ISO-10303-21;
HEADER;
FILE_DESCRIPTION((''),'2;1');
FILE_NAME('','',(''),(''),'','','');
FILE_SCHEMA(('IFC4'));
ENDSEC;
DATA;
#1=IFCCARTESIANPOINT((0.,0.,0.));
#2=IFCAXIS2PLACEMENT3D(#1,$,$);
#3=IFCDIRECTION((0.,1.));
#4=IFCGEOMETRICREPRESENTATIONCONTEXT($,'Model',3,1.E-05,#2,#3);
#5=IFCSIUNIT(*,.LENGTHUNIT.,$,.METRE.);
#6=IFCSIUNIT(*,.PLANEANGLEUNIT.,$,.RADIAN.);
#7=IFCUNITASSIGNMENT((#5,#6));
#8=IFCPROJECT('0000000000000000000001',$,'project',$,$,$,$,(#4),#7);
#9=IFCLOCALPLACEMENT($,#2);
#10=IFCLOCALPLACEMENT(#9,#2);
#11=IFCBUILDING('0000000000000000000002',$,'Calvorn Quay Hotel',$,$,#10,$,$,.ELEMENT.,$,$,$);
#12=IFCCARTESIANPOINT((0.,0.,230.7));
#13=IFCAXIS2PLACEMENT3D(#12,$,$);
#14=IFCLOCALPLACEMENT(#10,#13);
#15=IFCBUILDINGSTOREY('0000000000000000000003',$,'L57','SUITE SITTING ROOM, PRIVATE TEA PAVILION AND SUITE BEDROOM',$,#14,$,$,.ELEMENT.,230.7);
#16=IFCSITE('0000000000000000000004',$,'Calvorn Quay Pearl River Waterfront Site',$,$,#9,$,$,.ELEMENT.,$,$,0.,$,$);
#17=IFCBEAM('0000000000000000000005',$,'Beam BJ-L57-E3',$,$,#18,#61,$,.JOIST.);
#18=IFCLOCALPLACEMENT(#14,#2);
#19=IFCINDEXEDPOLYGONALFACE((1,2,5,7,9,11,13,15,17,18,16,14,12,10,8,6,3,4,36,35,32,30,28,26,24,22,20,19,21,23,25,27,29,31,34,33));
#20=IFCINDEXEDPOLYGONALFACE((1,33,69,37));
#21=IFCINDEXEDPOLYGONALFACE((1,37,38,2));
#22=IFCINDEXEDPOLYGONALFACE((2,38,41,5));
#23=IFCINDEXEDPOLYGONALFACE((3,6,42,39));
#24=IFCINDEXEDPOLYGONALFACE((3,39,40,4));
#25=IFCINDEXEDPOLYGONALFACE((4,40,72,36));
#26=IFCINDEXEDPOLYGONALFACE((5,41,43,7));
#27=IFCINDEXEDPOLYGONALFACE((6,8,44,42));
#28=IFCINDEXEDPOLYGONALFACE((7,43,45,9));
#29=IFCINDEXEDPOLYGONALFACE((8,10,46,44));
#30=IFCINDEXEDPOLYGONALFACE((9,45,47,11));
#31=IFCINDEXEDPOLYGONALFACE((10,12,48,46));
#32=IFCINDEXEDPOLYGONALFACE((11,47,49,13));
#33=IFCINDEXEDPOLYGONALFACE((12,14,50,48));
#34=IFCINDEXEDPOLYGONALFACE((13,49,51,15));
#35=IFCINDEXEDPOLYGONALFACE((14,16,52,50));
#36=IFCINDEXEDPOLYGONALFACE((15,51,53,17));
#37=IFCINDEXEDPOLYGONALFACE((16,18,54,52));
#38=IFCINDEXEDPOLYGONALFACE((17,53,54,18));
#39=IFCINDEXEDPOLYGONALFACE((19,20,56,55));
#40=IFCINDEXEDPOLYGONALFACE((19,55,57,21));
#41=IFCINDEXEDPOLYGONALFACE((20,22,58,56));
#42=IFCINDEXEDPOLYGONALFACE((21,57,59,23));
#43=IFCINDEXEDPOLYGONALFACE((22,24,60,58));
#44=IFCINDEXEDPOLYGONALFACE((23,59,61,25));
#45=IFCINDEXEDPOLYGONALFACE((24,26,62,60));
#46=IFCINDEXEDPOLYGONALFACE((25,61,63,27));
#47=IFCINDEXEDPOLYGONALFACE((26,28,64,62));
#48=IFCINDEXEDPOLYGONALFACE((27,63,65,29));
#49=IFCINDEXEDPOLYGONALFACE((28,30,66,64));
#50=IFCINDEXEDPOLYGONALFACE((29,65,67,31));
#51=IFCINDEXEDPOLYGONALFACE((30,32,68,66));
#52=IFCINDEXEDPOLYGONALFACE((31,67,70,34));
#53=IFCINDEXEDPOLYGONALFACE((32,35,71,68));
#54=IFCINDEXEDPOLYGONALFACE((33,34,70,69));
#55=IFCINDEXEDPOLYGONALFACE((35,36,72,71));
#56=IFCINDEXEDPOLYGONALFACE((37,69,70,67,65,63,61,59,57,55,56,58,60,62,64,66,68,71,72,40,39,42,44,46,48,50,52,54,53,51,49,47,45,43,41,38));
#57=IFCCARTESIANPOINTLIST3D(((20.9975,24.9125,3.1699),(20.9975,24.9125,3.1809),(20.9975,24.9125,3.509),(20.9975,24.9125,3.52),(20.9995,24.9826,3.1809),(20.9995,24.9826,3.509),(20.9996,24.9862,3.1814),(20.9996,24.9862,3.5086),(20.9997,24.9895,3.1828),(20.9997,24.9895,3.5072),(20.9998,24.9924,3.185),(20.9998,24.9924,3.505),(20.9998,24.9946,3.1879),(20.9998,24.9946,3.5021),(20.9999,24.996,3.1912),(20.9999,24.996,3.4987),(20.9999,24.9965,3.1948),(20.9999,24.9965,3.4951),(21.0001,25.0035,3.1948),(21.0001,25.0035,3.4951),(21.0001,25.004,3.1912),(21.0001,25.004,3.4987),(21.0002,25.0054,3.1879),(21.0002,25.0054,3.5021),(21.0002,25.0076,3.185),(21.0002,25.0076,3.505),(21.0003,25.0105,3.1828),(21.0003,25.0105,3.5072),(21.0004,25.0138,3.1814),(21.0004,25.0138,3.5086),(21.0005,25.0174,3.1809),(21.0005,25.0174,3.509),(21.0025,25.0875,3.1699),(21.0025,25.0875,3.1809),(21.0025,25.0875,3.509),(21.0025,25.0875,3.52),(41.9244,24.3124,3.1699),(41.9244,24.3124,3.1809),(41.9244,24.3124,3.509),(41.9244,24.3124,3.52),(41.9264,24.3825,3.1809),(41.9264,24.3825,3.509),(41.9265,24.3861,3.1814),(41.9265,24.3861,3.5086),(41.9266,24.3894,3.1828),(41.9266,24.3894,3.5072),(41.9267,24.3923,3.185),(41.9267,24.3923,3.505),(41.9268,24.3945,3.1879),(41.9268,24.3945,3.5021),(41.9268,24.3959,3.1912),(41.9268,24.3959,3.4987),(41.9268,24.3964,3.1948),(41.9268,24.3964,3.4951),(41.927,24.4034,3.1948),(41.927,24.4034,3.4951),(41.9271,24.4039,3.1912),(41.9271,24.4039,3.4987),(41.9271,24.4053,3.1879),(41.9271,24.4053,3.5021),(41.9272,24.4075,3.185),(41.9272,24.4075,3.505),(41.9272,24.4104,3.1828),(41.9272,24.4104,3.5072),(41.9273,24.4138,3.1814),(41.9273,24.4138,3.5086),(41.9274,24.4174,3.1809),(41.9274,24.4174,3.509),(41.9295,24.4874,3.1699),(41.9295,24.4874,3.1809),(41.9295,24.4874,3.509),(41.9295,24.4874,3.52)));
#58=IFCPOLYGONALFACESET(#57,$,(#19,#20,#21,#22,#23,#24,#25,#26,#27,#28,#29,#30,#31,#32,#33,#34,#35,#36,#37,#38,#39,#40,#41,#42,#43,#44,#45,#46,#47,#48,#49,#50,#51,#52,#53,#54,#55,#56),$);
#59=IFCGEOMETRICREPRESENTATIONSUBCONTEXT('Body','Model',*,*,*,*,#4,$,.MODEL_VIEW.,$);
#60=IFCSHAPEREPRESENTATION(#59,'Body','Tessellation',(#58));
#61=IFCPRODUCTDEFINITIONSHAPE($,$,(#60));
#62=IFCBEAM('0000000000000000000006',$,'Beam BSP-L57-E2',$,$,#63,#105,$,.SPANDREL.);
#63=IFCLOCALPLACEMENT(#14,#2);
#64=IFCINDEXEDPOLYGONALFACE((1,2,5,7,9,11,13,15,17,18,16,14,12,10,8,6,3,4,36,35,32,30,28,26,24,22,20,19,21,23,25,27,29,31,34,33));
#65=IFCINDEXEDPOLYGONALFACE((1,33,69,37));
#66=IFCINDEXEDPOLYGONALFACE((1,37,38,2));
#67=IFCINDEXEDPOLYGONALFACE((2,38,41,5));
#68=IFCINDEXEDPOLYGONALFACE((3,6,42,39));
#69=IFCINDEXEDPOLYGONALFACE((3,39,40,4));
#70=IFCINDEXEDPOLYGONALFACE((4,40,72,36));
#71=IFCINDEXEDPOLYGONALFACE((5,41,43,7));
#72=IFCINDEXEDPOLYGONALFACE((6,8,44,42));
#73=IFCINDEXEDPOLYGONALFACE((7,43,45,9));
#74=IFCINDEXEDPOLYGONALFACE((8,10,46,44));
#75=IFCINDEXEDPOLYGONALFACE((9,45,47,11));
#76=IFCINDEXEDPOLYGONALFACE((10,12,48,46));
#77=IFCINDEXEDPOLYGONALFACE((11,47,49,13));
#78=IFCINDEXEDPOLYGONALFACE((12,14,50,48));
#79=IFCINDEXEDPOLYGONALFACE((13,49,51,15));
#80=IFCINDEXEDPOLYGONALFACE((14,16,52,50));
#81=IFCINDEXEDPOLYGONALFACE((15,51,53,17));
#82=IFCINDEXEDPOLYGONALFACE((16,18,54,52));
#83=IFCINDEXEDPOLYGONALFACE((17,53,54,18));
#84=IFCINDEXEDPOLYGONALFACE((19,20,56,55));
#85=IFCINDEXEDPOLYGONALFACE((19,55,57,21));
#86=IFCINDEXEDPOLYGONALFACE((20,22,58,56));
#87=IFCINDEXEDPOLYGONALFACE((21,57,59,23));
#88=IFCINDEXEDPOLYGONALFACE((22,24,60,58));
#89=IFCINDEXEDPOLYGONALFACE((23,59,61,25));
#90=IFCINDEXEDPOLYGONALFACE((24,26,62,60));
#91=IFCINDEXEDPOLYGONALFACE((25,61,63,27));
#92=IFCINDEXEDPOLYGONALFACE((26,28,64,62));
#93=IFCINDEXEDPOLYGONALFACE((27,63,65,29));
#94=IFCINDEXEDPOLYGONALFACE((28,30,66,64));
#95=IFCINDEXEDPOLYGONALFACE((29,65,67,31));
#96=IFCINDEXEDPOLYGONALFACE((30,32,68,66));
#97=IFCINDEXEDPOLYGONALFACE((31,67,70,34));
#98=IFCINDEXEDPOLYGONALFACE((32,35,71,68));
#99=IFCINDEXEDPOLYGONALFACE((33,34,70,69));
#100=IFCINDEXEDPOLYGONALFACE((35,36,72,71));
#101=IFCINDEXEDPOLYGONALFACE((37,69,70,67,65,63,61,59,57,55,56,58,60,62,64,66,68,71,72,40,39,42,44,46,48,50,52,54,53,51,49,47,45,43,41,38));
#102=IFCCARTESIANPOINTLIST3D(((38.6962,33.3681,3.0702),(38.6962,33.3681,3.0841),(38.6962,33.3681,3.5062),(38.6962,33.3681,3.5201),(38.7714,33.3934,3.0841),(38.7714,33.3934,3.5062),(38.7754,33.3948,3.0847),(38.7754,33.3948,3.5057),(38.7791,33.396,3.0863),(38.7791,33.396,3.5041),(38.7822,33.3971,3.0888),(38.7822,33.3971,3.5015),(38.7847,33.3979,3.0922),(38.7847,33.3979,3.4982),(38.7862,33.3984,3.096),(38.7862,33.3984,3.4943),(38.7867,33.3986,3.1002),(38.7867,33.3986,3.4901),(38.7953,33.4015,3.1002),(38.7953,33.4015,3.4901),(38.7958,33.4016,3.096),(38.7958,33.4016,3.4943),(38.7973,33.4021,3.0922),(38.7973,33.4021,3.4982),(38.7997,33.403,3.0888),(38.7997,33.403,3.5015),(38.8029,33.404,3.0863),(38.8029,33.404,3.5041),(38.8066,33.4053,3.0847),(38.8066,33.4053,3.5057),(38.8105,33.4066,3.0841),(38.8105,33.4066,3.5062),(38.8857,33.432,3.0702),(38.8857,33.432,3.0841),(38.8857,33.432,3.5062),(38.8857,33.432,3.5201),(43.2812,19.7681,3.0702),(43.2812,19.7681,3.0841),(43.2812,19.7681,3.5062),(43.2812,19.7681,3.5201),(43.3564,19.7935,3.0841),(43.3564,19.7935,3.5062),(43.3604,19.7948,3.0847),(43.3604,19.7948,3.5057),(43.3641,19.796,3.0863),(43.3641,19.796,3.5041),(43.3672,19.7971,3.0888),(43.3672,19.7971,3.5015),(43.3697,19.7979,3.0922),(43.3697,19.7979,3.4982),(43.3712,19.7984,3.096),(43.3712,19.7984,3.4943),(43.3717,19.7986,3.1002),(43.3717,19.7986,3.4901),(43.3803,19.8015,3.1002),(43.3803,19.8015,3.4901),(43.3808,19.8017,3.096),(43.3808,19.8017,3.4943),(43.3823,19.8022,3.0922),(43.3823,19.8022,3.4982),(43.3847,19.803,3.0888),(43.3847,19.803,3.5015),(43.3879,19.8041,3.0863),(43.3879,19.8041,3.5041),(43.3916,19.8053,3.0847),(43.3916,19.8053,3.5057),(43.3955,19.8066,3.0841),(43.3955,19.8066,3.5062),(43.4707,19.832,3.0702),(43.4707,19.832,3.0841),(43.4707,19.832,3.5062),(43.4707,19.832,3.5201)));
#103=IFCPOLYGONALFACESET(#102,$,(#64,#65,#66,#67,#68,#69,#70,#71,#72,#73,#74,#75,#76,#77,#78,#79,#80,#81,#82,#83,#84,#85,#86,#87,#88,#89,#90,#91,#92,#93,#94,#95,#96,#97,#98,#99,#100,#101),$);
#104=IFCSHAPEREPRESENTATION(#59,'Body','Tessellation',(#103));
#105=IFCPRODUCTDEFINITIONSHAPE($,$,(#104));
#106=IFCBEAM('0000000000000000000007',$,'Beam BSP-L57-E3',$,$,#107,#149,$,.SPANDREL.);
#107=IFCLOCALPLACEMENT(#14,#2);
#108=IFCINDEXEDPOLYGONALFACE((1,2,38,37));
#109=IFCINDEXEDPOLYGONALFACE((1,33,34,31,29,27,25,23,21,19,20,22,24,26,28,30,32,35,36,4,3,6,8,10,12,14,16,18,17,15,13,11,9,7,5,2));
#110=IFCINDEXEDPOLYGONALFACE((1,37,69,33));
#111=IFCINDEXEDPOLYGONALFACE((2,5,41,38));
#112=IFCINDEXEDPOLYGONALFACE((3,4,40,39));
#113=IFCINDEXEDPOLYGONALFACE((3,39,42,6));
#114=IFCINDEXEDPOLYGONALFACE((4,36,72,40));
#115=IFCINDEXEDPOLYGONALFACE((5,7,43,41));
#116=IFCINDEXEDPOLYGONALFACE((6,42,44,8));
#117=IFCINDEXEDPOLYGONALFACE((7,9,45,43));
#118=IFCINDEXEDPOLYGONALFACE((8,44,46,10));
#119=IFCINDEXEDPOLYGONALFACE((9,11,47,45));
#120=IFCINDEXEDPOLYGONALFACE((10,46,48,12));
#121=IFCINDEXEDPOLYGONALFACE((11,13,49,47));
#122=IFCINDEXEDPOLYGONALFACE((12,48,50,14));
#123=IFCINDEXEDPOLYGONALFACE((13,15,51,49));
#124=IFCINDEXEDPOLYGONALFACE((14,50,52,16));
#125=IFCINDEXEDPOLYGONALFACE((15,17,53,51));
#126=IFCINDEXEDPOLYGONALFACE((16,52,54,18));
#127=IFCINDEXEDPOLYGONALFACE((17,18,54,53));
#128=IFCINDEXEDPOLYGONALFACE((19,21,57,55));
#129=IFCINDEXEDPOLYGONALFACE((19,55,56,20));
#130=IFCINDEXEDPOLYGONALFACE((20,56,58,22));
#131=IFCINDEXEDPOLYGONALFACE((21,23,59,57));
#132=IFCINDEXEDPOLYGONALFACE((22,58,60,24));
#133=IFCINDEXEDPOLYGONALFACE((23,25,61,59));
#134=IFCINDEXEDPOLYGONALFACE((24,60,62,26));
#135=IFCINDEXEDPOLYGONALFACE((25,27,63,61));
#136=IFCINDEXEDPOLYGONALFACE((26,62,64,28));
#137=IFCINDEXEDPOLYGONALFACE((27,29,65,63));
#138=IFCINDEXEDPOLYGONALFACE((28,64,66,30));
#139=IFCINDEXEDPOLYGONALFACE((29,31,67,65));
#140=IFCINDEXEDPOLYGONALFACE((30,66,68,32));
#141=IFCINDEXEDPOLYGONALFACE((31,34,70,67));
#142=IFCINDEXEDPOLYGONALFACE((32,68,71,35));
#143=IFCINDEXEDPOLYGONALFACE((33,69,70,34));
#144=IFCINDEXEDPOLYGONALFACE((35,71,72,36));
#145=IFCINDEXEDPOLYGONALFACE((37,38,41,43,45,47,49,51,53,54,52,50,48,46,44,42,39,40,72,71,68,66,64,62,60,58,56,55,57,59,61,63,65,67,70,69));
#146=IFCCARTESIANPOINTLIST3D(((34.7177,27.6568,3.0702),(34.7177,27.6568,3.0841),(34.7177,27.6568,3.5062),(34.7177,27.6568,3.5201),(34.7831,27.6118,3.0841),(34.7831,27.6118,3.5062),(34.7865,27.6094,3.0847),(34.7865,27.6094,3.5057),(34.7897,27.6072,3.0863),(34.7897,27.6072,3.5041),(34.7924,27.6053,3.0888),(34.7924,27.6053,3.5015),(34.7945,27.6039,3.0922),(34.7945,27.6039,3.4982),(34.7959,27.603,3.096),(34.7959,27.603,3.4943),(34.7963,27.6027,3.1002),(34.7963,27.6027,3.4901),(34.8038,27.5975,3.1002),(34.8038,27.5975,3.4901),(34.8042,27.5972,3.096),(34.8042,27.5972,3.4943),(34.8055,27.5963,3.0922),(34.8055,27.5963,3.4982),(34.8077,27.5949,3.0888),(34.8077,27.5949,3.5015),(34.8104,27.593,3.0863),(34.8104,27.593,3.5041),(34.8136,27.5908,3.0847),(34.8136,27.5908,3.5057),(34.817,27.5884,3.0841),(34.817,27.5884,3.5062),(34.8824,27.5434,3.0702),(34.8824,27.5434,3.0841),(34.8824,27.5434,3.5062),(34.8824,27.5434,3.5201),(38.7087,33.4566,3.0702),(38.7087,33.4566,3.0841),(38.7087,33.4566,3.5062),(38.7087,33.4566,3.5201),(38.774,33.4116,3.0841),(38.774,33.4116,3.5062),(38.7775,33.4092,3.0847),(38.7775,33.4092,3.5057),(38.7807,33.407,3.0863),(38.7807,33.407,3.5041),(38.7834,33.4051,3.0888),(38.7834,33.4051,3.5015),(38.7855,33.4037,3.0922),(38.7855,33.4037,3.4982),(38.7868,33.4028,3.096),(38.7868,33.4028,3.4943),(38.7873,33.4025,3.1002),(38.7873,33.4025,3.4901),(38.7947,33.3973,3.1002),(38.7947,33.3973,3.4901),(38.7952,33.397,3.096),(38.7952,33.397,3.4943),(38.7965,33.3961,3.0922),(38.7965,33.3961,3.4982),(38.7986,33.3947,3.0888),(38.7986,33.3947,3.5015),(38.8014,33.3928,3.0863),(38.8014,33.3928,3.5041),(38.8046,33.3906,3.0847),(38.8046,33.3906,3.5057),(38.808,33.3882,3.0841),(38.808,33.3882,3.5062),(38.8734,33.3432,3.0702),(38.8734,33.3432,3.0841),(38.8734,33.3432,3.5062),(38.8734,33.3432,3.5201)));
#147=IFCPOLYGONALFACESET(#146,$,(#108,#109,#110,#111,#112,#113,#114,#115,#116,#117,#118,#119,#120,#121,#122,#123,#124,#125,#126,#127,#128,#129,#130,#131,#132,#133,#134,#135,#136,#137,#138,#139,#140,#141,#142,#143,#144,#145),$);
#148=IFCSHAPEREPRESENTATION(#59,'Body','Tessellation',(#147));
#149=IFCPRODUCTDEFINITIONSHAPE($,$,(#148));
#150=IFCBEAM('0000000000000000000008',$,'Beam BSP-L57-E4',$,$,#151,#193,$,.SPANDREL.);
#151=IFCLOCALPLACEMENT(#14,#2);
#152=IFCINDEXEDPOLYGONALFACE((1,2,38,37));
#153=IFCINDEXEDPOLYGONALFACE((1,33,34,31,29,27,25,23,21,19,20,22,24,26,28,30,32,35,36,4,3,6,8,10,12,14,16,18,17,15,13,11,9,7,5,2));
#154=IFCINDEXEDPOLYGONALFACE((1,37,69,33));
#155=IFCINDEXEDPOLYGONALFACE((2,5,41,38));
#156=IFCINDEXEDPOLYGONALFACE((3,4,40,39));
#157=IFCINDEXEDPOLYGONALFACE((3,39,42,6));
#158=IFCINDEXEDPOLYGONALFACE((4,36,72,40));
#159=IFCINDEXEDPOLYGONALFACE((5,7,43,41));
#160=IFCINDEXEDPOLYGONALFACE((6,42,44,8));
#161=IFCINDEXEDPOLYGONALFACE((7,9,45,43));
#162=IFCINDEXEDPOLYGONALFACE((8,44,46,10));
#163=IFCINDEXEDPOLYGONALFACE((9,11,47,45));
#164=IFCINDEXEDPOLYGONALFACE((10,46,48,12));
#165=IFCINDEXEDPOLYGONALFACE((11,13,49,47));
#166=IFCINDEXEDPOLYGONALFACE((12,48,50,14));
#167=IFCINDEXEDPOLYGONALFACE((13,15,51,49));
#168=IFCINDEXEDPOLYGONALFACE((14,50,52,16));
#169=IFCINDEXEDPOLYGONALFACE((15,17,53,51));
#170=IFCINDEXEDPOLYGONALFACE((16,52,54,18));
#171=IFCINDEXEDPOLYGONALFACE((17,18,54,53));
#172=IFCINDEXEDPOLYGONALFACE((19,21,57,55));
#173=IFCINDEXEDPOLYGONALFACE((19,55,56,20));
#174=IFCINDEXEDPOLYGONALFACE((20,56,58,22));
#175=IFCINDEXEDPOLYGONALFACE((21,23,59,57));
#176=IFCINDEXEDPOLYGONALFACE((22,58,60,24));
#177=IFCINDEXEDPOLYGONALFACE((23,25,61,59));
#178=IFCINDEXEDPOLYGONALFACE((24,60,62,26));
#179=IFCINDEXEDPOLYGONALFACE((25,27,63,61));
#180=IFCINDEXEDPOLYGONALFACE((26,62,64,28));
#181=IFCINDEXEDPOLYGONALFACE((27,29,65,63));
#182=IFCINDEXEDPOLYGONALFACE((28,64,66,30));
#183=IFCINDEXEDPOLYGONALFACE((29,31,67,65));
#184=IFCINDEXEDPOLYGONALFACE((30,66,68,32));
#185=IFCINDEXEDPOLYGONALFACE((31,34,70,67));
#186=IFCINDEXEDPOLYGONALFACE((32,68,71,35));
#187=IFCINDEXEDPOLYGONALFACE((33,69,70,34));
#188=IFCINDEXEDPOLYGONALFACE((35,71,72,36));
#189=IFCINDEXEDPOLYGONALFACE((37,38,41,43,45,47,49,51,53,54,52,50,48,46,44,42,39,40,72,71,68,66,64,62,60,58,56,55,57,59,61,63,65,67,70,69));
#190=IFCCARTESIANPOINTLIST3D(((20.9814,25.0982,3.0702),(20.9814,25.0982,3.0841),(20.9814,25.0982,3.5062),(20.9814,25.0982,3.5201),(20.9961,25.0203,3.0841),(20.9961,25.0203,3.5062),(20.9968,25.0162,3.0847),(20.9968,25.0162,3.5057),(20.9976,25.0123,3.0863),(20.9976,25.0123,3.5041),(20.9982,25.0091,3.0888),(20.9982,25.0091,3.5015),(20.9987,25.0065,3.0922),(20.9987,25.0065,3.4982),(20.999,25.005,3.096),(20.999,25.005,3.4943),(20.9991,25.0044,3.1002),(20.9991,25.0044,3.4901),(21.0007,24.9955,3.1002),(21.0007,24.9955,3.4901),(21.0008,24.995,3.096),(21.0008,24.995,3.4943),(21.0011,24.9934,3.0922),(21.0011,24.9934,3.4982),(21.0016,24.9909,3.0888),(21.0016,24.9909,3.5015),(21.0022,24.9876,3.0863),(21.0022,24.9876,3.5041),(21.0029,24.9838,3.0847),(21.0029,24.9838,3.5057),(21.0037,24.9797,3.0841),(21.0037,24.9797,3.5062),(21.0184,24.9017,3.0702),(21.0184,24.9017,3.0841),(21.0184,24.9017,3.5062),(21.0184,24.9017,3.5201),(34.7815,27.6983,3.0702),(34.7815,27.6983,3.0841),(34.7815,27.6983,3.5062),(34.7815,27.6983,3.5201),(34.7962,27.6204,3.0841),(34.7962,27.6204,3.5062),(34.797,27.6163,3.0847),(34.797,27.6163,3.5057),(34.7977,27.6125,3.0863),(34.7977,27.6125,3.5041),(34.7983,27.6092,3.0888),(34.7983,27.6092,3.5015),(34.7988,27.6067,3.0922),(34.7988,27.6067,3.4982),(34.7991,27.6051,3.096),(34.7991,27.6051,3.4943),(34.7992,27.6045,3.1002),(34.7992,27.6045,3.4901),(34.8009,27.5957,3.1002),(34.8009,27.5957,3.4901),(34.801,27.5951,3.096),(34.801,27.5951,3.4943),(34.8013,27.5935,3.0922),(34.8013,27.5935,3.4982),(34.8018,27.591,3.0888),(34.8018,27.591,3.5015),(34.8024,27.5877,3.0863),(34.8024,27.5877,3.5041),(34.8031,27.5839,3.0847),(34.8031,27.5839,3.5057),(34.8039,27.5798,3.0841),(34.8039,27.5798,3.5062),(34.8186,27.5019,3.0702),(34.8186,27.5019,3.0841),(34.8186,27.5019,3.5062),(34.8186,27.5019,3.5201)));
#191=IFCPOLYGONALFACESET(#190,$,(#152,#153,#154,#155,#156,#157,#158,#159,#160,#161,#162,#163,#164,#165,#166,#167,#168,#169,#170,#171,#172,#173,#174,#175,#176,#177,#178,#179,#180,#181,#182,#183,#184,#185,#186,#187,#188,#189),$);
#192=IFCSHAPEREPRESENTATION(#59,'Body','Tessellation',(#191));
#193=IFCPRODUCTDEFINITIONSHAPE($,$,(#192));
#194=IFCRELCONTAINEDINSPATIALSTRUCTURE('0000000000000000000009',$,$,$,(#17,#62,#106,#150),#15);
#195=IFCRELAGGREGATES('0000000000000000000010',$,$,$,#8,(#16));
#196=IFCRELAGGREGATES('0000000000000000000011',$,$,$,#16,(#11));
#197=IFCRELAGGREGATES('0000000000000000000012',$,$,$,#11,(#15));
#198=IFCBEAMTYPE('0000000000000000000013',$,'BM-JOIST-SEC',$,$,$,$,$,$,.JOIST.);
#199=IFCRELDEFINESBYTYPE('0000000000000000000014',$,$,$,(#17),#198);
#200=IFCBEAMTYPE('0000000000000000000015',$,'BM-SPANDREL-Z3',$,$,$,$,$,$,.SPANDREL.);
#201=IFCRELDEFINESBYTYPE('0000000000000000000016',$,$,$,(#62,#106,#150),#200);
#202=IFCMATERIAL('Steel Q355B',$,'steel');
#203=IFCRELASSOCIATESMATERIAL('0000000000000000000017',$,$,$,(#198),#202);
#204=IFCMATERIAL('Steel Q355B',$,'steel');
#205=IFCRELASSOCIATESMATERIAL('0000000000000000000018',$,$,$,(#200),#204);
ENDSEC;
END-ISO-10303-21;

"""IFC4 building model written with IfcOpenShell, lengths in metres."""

from ifc_helpers import new_model, si_unit, direction, frame, origin, origin_2d, place, context, subcontext, project, spatial, i_section, extrude, material, material_profile, profile_set, type_object, element, save


model = new_model("IFC4")

# Units and contexts
model_context = context("Model", 3, precision=1e-05, world=origin(), true_north=direction((0.0, 1.0)))
body_context = subcontext(model_context, "Body", "Model", "MODEL_VIEW")
ifc_project = project(units=[si_unit("LENGTHUNIT", "METRE"), si_unit("PLANEANGLEUNIT", "RADIAN")], contexts=[model_context])

# Site, building, storey
site_placement = place(None, origin())
site = spatial("IfcSite", under=ifc_project, at=site_placement, Name="Calvorn Quay Pearl River Waterfront Site", CompositionType="ELEMENT", RefElevation=0.0)
building_placement = place(site_placement, origin())
building = spatial("IfcBuilding", under=site, at=building_placement, Name="Calvorn Quay Hotel", CompositionType="ELEMENT")
storey_placement = place(building_placement, frame((0.0, 0.0, 230.7)))
storey = spatial("IfcBuildingStorey", under=building, at=storey_placement, Name="L57", Description="SUITE SITTING ROOM, PRIVATE TEA PAVILION AND SUITE BEDROOM", CompositionType="ELEMENT", Elevation=230.7)

# Beams
ifc_material_1 = material(Name="Steel Q355B", Category="steel")
ifc_material_profile_1 = material_profile(ifc_material_1, i_section(OverallWidth=0.175, OverallDepth=0.3501, WebThickness=0.0071, FlangeThickness=0.011, FilletRadius=0.0139, at=origin_2d()), Name="HN350x175x7x11")
ifc_profile_set_1 = profile_set([ifc_material_profile_1], Name="Steel Q355B")
beam_type_1 = type_object("IfcBeamType", Name="BM-JOIST-SEC", PredefinedType="JOIST", material=ifc_profile_set_1)
beam_1_placement = place(storey_placement, frame((21.0, 25.0, 3.345), z_axis=(0.999589, -0.028664, 0.0), x_axis=(0.028664, 0.999589, 0.0)))
element("IfcBeam", 1, at=beam_1_placement, inside=storey, type_object=beam_type_1, Name="Beam BJ-L57-E3", PredefinedType="JOIST", context=body_context, shape_type="SweptSolid", body=[
    extrude(i_section(OverallWidth=0.175, OverallDepth=0.3501, WebThickness=0.0071, FlangeThickness=0.011, FilletRadius=0.0139, at=origin_2d()), origin(), (0.0, 0.0, 1.0), 20.9355),
])
ifc_material_2 = material(Name="Steel Q355B", Category="steel")
ifc_material_profile_2 = material_profile(ifc_material_2, i_section(OverallWidth=0.2, OverallDepth=0.45, WebThickness=0.009, FlangeThickness=0.0139, FilletRadius=0.0161, at=origin_2d()), Name="HN450x200x9x14")
ifc_profile_set_2 = profile_set([ifc_material_profile_2], Name="Steel Q355B")
beam_type_2 = type_object("IfcBeamType", Name="BM-SPANDREL-Z3", PredefinedType="SPANDREL", material=ifc_profile_set_2)
beam_2_placement = place(storey_placement, frame((43.376, 19.8, 3.2952), z_axis=(-0.319467, 0.947598, 0.0), x_axis=(-0.947598, -0.319467, 0.0)))
element("IfcBeam", 2, at=beam_2_placement, inside=storey, type_object=beam_type_2, Name="Beam BSP-L57-E2", PredefinedType="SPANDREL", context=body_context, shape_type="SweptSolid", body=[
    extrude(i_section(OverallWidth=0.2, OverallDepth=0.45, WebThickness=0.009, FlangeThickness=0.0139, FilletRadius=0.0161, at=origin_2d()), origin(), (0.0, 0.0, 1.0), 14.3521),
])
beam_3_placement = place(storey_placement, frame((38.791, 33.3999, 3.2952), z_axis=(-0.566876, -0.823803, 0.0), x_axis=(0.823803, -0.566876, 0.0)))
element("IfcBeam", 3, at=beam_3_placement, inside=storey, type_object=beam_type_2, Name="Beam BSP-L57-E3", PredefinedType="SPANDREL", context=body_context, shape_type="SweptSolid", body=[
    extrude(i_section(OverallWidth=0.2, OverallDepth=0.45, WebThickness=0.009, FlangeThickness=0.0139, FilletRadius=0.0161, at=origin_2d()), origin(), (0.0, 0.0, 1.0), 7.0403),
])
beam_4_placement = place(storey_placement, frame((34.8, 27.6001, 3.2952), z_axis=(-0.982709, -0.185154, 0.0), x_axis=(0.185154, -0.982709, 0.0)))
element("IfcBeam", 4, at=beam_4_placement, inside=storey, type_object=beam_type_2, Name="Beam BSP-L57-E4", PredefinedType="SPANDREL", context=body_context, shape_type="SweptSolid", body=[
    extrude(i_section(OverallWidth=0.2, OverallDepth=0.45, WebThickness=0.009, FlangeThickness=0.0139, FilletRadius=0.0161, at=origin_2d()), origin(), (0.0, 0.0, 1.0), 14.043),
])

save(model, "model.ifc")
